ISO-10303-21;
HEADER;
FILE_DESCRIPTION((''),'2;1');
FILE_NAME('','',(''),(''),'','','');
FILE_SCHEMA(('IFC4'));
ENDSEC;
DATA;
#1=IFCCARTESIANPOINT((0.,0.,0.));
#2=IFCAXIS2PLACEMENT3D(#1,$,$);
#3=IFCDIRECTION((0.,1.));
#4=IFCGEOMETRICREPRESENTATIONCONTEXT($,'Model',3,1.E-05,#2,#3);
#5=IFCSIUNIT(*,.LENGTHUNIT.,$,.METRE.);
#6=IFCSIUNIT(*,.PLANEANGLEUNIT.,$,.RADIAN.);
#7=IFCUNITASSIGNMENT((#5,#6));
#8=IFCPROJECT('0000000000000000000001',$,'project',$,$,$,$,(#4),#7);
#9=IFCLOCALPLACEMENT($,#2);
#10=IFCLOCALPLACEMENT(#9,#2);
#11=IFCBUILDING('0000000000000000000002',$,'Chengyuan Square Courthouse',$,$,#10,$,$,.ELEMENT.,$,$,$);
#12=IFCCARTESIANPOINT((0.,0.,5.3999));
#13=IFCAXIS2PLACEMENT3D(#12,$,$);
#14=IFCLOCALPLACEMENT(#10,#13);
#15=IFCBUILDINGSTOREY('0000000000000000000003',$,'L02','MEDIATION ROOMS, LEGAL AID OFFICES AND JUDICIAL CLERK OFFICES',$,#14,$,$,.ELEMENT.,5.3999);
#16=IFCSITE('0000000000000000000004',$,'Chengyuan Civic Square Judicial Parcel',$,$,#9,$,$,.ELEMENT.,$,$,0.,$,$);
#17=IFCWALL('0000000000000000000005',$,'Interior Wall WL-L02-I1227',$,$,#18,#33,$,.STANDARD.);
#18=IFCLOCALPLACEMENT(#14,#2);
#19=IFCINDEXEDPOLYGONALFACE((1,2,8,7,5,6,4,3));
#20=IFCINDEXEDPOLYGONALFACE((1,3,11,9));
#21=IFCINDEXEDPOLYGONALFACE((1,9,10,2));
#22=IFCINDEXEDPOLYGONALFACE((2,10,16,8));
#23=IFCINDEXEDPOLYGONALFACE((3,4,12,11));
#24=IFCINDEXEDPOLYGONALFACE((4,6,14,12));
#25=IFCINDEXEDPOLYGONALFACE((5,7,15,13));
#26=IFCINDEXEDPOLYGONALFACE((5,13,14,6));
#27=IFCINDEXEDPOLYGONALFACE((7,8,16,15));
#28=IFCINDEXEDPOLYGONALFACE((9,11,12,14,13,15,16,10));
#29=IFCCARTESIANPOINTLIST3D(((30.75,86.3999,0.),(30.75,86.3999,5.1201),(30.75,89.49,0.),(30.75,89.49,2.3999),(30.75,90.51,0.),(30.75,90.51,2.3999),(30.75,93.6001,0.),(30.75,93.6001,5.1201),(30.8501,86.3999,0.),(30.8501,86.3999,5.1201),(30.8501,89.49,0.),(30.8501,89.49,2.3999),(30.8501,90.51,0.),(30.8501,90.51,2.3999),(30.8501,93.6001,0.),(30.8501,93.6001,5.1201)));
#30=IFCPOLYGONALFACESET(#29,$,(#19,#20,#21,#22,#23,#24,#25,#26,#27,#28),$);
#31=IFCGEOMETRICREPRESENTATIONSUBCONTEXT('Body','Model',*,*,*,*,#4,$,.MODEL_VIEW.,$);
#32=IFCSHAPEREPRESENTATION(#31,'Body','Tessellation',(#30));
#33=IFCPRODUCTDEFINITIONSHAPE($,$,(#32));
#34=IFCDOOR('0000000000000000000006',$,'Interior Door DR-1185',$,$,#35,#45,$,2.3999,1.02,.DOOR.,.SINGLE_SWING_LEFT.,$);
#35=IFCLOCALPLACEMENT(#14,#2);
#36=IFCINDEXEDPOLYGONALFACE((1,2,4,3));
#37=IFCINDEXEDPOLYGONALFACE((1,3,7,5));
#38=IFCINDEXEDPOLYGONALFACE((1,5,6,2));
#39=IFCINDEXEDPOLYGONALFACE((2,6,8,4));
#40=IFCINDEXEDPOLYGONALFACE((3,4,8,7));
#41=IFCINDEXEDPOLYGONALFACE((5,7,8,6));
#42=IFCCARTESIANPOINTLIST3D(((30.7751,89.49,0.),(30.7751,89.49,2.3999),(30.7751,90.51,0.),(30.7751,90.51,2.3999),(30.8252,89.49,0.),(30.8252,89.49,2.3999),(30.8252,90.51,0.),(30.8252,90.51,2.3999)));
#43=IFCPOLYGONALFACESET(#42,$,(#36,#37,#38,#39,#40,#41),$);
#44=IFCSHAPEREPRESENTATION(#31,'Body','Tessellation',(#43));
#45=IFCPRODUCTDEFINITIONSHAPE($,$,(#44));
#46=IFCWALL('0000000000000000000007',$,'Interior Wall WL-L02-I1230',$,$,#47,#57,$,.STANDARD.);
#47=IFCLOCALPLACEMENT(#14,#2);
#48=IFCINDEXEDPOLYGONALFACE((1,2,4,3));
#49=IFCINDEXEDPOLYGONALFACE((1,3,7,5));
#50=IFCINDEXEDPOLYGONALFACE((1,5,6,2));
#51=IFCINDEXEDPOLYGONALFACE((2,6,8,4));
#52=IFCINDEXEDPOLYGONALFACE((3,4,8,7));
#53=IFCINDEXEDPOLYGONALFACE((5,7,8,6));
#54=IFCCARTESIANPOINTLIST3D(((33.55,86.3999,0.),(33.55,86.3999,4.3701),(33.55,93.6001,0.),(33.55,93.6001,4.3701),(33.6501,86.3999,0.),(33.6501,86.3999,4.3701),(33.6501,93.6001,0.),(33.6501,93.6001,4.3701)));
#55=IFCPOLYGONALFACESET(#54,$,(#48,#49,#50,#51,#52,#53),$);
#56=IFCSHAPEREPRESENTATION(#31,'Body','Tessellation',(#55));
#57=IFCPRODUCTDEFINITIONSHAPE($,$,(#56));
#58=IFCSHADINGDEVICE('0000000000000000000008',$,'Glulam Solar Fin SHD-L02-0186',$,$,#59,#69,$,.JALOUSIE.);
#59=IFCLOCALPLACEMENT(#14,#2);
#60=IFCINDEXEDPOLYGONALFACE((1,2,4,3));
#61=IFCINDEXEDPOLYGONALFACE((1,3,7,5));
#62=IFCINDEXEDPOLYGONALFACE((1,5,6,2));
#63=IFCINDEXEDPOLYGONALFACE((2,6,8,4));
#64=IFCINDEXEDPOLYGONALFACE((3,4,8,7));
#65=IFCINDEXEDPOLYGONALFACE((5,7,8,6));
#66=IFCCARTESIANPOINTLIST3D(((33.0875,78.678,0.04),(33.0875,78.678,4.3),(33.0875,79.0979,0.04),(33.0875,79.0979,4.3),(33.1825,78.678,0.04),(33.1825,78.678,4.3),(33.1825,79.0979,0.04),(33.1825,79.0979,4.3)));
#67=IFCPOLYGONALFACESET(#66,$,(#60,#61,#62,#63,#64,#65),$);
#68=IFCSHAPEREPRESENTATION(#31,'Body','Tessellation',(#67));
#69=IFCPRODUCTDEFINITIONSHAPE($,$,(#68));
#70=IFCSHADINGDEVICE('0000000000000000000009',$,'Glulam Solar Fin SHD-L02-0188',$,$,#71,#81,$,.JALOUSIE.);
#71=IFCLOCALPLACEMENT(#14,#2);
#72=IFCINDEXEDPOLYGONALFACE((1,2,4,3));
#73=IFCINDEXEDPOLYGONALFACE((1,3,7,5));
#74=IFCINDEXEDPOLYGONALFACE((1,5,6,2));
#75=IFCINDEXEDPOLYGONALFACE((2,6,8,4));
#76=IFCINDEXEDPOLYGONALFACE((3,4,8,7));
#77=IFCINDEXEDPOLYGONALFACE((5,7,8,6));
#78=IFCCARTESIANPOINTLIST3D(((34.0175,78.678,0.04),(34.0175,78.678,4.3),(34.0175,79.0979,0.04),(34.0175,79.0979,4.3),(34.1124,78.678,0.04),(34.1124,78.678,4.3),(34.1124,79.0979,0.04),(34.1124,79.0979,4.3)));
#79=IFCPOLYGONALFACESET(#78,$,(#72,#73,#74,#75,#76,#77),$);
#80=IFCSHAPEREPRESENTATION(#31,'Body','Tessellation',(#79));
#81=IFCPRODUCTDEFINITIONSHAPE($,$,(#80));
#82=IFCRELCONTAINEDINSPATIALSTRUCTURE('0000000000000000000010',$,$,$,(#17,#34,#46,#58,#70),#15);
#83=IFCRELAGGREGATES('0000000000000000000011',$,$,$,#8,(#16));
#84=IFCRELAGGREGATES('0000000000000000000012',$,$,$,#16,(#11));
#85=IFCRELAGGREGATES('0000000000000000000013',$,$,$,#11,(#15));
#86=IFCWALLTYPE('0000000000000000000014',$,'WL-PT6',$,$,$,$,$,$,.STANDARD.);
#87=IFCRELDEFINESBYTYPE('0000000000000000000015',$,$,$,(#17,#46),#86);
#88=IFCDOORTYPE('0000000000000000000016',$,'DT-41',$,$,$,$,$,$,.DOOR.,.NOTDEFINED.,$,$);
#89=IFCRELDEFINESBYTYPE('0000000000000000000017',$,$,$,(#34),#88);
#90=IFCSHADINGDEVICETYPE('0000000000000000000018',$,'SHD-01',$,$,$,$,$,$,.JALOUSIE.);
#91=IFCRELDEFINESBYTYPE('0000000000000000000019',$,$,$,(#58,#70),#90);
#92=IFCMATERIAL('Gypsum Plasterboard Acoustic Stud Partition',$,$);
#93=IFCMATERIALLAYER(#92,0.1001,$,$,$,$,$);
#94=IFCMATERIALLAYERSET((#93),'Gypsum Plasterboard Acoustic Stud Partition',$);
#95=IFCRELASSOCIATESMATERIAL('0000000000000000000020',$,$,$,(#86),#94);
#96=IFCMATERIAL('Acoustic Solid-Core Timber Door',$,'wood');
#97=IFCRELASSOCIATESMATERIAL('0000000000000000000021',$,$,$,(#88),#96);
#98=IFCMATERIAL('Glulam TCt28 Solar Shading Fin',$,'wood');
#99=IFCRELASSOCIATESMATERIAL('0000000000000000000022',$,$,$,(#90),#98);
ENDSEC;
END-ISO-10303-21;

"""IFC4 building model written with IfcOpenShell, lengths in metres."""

from ifc_helpers import new_model, si_unit, direction, frame, frame_2d, origin, origin_2d, place, context, subcontext, project, spatial, rectangle, extrude, material, layer, layer_set, type_object, element, fill, save


model = new_model("IFC4")

# Units and contexts
model_context = context("Model", 3, precision=1e-05, world=origin(), true_north=direction((0.0, 1.0)))
body_context = subcontext(model_context, "Body", "Model", "MODEL_VIEW")
ifc_project = project(units=[si_unit("LENGTHUNIT", "METRE"), si_unit("PLANEANGLEUNIT", "RADIAN")], contexts=[model_context])

# Site, building, storey
site_placement = place(None, origin())
site = spatial("IfcSite", under=ifc_project, at=site_placement, Name="Chengyuan Civic Square Judicial Parcel", CompositionType="ELEMENT", RefElevation=0.0)
building_placement = place(site_placement, origin())
building = spatial("IfcBuilding", under=site, at=building_placement, Name="Chengyuan Square Courthouse", CompositionType="ELEMENT")
storey_placement = place(building_placement, frame((0.0, 0.0, 5.3999)))
storey = spatial("IfcBuildingStorey", under=building, at=storey_placement, Name="L02", Description="MEDIATION ROOMS, LEGAL AID OFFICES AND JUDICIAL CLERK OFFICES", CompositionType="ELEMENT", Elevation=5.3999)

# Wall, opening, door
ifc_material_1 = material(Name="Gypsum Plasterboard Acoustic Stud Partition")
ifc_layer_1 = layer(ifc_material_1, 0.1001)
ifc_layer_set_1 = layer_set([ifc_layer_1], Name="Gypsum Plasterboard Acoustic Stud Partition")
wall_type_1 = type_object("IfcWallType", Name="WL-PT6", PredefinedType="STANDARD", material=ifc_layer_set_1)
wall_1_placement = place(storey_placement, frame((30.8, 86.3999, 0.0), z_axis=(0.0, 0.0, 1.0), x_axis=(0.0, 1.0, 0.0)))
wall_1 = element("IfcWall", 1, at=wall_1_placement, inside=storey, type_object=wall_type_1, Name="Interior Wall WL-L02-I1227", PredefinedType="STANDARD", context=body_context, shape_type="SweptSolid", body=[
    extrude(rectangle(XDim=7.2002, YDim=0.1001, at=frame_2d((3.6001, 0.0))), origin(), (0.0, 0.0, 1.0), 5.1201),
])
opening_placement = place(wall_1_placement, frame((3.0901, 0.0, 0.0)))
opening = element("IfcOpeningElement", 2, at=opening_placement, cuts=wall_1, PredefinedType="OPENING", context=body_context, shape_type="SweptSolid", body=[
    extrude(rectangle(XDim=1.02, YDim=2.3999, at=frame_2d((0.51, 1.2))), frame((0.0, 0.062, 0.0), z_axis=(0.0, -1.0, 0.0), x_axis=(1.0, 0.0, 0.0)), (0.0, 0.0, 1.0), 0.124),
])
ifc_material_2 = material(Name="Acoustic Solid-Core Timber Door", Category="wood")
door_type = type_object("IfcDoorType", Name="DT-41", OperationType="NOTDEFINED", PredefinedType="DOOR", material=ifc_material_2)
door_placement = place(opening_placement, origin())
door = element("IfcDoor", 3, at=door_placement, inside=storey, type_object=door_type, Name="Interior Door DR-1185", OperationType="SINGLE_SWING_LEFT", OverallHeight=2.3999, OverallWidth=1.02, PredefinedType="DOOR", context=body_context, shape_type="SweptSolid", body=[
    extrude(rectangle(XDim=1.02, YDim=2.3999, at=frame_2d((0.51, 1.2))), frame((0.0, 0.0249, 0.0), z_axis=(0.0, -1.0, 0.0), x_axis=(1.0, 0.0, 0.0)), (0.0, 0.0, 1.0), 0.05),
])
fill(opening, door)

# Wall
wall_2_placement = place(storey_placement, frame((33.6001, 86.3999, 0.0), z_axis=(0.0, 0.0, 1.0), x_axis=(0.0, 1.0, 0.0)))
element("IfcWall", 4, at=wall_2_placement, inside=storey, type_object=wall_type_1, Name="Interior Wall WL-L02-I1230", PredefinedType="STANDARD", context=body_context, shape_type="SweptSolid", body=[
    extrude(rectangle(XDim=7.2002, YDim=0.1001, at=frame_2d((3.6001, 0.0))), origin(), (0.0, 0.0, 1.0), 4.3701),
])

# Shading devices
ifc_material_3 = material(Name="Glulam TCt28 Solar Shading Fin", Category="wood")
shading_device_type = type_object("IfcShadingDeviceType", Name="SHD-01", PredefinedType="JALOUSIE", material=ifc_material_3)
for number, where, z_axis, x_axis, name in (
    (5, (33.135, 78.8879, 0.04), (0.0, 0.0, 1.0), (0.0, 1.0, 0.0), "Glulam Solar Fin SHD-L02-0186"),
    (6, (34.0649, 78.8879, 0.04), (0.0, 0.0, 1.0), (0.0, 1.0, 0.0), "Glulam Solar Fin SHD-L02-0188"),
):
    element("IfcShadingDevice", number, at=place(storey_placement, frame(where, z_axis=z_axis, x_axis=x_axis)), inside=storey, type_object=shading_device_type, Name=name, PredefinedType="JALOUSIE", context=body_context, shape_type="SweptSolid", body=[
        extrude(rectangle(XDim=0.4199, YDim=0.095, at=origin_2d()), origin(), (0.0, 0.0, 1.0), 4.26),
    ])

save(model, "model.ifc")
